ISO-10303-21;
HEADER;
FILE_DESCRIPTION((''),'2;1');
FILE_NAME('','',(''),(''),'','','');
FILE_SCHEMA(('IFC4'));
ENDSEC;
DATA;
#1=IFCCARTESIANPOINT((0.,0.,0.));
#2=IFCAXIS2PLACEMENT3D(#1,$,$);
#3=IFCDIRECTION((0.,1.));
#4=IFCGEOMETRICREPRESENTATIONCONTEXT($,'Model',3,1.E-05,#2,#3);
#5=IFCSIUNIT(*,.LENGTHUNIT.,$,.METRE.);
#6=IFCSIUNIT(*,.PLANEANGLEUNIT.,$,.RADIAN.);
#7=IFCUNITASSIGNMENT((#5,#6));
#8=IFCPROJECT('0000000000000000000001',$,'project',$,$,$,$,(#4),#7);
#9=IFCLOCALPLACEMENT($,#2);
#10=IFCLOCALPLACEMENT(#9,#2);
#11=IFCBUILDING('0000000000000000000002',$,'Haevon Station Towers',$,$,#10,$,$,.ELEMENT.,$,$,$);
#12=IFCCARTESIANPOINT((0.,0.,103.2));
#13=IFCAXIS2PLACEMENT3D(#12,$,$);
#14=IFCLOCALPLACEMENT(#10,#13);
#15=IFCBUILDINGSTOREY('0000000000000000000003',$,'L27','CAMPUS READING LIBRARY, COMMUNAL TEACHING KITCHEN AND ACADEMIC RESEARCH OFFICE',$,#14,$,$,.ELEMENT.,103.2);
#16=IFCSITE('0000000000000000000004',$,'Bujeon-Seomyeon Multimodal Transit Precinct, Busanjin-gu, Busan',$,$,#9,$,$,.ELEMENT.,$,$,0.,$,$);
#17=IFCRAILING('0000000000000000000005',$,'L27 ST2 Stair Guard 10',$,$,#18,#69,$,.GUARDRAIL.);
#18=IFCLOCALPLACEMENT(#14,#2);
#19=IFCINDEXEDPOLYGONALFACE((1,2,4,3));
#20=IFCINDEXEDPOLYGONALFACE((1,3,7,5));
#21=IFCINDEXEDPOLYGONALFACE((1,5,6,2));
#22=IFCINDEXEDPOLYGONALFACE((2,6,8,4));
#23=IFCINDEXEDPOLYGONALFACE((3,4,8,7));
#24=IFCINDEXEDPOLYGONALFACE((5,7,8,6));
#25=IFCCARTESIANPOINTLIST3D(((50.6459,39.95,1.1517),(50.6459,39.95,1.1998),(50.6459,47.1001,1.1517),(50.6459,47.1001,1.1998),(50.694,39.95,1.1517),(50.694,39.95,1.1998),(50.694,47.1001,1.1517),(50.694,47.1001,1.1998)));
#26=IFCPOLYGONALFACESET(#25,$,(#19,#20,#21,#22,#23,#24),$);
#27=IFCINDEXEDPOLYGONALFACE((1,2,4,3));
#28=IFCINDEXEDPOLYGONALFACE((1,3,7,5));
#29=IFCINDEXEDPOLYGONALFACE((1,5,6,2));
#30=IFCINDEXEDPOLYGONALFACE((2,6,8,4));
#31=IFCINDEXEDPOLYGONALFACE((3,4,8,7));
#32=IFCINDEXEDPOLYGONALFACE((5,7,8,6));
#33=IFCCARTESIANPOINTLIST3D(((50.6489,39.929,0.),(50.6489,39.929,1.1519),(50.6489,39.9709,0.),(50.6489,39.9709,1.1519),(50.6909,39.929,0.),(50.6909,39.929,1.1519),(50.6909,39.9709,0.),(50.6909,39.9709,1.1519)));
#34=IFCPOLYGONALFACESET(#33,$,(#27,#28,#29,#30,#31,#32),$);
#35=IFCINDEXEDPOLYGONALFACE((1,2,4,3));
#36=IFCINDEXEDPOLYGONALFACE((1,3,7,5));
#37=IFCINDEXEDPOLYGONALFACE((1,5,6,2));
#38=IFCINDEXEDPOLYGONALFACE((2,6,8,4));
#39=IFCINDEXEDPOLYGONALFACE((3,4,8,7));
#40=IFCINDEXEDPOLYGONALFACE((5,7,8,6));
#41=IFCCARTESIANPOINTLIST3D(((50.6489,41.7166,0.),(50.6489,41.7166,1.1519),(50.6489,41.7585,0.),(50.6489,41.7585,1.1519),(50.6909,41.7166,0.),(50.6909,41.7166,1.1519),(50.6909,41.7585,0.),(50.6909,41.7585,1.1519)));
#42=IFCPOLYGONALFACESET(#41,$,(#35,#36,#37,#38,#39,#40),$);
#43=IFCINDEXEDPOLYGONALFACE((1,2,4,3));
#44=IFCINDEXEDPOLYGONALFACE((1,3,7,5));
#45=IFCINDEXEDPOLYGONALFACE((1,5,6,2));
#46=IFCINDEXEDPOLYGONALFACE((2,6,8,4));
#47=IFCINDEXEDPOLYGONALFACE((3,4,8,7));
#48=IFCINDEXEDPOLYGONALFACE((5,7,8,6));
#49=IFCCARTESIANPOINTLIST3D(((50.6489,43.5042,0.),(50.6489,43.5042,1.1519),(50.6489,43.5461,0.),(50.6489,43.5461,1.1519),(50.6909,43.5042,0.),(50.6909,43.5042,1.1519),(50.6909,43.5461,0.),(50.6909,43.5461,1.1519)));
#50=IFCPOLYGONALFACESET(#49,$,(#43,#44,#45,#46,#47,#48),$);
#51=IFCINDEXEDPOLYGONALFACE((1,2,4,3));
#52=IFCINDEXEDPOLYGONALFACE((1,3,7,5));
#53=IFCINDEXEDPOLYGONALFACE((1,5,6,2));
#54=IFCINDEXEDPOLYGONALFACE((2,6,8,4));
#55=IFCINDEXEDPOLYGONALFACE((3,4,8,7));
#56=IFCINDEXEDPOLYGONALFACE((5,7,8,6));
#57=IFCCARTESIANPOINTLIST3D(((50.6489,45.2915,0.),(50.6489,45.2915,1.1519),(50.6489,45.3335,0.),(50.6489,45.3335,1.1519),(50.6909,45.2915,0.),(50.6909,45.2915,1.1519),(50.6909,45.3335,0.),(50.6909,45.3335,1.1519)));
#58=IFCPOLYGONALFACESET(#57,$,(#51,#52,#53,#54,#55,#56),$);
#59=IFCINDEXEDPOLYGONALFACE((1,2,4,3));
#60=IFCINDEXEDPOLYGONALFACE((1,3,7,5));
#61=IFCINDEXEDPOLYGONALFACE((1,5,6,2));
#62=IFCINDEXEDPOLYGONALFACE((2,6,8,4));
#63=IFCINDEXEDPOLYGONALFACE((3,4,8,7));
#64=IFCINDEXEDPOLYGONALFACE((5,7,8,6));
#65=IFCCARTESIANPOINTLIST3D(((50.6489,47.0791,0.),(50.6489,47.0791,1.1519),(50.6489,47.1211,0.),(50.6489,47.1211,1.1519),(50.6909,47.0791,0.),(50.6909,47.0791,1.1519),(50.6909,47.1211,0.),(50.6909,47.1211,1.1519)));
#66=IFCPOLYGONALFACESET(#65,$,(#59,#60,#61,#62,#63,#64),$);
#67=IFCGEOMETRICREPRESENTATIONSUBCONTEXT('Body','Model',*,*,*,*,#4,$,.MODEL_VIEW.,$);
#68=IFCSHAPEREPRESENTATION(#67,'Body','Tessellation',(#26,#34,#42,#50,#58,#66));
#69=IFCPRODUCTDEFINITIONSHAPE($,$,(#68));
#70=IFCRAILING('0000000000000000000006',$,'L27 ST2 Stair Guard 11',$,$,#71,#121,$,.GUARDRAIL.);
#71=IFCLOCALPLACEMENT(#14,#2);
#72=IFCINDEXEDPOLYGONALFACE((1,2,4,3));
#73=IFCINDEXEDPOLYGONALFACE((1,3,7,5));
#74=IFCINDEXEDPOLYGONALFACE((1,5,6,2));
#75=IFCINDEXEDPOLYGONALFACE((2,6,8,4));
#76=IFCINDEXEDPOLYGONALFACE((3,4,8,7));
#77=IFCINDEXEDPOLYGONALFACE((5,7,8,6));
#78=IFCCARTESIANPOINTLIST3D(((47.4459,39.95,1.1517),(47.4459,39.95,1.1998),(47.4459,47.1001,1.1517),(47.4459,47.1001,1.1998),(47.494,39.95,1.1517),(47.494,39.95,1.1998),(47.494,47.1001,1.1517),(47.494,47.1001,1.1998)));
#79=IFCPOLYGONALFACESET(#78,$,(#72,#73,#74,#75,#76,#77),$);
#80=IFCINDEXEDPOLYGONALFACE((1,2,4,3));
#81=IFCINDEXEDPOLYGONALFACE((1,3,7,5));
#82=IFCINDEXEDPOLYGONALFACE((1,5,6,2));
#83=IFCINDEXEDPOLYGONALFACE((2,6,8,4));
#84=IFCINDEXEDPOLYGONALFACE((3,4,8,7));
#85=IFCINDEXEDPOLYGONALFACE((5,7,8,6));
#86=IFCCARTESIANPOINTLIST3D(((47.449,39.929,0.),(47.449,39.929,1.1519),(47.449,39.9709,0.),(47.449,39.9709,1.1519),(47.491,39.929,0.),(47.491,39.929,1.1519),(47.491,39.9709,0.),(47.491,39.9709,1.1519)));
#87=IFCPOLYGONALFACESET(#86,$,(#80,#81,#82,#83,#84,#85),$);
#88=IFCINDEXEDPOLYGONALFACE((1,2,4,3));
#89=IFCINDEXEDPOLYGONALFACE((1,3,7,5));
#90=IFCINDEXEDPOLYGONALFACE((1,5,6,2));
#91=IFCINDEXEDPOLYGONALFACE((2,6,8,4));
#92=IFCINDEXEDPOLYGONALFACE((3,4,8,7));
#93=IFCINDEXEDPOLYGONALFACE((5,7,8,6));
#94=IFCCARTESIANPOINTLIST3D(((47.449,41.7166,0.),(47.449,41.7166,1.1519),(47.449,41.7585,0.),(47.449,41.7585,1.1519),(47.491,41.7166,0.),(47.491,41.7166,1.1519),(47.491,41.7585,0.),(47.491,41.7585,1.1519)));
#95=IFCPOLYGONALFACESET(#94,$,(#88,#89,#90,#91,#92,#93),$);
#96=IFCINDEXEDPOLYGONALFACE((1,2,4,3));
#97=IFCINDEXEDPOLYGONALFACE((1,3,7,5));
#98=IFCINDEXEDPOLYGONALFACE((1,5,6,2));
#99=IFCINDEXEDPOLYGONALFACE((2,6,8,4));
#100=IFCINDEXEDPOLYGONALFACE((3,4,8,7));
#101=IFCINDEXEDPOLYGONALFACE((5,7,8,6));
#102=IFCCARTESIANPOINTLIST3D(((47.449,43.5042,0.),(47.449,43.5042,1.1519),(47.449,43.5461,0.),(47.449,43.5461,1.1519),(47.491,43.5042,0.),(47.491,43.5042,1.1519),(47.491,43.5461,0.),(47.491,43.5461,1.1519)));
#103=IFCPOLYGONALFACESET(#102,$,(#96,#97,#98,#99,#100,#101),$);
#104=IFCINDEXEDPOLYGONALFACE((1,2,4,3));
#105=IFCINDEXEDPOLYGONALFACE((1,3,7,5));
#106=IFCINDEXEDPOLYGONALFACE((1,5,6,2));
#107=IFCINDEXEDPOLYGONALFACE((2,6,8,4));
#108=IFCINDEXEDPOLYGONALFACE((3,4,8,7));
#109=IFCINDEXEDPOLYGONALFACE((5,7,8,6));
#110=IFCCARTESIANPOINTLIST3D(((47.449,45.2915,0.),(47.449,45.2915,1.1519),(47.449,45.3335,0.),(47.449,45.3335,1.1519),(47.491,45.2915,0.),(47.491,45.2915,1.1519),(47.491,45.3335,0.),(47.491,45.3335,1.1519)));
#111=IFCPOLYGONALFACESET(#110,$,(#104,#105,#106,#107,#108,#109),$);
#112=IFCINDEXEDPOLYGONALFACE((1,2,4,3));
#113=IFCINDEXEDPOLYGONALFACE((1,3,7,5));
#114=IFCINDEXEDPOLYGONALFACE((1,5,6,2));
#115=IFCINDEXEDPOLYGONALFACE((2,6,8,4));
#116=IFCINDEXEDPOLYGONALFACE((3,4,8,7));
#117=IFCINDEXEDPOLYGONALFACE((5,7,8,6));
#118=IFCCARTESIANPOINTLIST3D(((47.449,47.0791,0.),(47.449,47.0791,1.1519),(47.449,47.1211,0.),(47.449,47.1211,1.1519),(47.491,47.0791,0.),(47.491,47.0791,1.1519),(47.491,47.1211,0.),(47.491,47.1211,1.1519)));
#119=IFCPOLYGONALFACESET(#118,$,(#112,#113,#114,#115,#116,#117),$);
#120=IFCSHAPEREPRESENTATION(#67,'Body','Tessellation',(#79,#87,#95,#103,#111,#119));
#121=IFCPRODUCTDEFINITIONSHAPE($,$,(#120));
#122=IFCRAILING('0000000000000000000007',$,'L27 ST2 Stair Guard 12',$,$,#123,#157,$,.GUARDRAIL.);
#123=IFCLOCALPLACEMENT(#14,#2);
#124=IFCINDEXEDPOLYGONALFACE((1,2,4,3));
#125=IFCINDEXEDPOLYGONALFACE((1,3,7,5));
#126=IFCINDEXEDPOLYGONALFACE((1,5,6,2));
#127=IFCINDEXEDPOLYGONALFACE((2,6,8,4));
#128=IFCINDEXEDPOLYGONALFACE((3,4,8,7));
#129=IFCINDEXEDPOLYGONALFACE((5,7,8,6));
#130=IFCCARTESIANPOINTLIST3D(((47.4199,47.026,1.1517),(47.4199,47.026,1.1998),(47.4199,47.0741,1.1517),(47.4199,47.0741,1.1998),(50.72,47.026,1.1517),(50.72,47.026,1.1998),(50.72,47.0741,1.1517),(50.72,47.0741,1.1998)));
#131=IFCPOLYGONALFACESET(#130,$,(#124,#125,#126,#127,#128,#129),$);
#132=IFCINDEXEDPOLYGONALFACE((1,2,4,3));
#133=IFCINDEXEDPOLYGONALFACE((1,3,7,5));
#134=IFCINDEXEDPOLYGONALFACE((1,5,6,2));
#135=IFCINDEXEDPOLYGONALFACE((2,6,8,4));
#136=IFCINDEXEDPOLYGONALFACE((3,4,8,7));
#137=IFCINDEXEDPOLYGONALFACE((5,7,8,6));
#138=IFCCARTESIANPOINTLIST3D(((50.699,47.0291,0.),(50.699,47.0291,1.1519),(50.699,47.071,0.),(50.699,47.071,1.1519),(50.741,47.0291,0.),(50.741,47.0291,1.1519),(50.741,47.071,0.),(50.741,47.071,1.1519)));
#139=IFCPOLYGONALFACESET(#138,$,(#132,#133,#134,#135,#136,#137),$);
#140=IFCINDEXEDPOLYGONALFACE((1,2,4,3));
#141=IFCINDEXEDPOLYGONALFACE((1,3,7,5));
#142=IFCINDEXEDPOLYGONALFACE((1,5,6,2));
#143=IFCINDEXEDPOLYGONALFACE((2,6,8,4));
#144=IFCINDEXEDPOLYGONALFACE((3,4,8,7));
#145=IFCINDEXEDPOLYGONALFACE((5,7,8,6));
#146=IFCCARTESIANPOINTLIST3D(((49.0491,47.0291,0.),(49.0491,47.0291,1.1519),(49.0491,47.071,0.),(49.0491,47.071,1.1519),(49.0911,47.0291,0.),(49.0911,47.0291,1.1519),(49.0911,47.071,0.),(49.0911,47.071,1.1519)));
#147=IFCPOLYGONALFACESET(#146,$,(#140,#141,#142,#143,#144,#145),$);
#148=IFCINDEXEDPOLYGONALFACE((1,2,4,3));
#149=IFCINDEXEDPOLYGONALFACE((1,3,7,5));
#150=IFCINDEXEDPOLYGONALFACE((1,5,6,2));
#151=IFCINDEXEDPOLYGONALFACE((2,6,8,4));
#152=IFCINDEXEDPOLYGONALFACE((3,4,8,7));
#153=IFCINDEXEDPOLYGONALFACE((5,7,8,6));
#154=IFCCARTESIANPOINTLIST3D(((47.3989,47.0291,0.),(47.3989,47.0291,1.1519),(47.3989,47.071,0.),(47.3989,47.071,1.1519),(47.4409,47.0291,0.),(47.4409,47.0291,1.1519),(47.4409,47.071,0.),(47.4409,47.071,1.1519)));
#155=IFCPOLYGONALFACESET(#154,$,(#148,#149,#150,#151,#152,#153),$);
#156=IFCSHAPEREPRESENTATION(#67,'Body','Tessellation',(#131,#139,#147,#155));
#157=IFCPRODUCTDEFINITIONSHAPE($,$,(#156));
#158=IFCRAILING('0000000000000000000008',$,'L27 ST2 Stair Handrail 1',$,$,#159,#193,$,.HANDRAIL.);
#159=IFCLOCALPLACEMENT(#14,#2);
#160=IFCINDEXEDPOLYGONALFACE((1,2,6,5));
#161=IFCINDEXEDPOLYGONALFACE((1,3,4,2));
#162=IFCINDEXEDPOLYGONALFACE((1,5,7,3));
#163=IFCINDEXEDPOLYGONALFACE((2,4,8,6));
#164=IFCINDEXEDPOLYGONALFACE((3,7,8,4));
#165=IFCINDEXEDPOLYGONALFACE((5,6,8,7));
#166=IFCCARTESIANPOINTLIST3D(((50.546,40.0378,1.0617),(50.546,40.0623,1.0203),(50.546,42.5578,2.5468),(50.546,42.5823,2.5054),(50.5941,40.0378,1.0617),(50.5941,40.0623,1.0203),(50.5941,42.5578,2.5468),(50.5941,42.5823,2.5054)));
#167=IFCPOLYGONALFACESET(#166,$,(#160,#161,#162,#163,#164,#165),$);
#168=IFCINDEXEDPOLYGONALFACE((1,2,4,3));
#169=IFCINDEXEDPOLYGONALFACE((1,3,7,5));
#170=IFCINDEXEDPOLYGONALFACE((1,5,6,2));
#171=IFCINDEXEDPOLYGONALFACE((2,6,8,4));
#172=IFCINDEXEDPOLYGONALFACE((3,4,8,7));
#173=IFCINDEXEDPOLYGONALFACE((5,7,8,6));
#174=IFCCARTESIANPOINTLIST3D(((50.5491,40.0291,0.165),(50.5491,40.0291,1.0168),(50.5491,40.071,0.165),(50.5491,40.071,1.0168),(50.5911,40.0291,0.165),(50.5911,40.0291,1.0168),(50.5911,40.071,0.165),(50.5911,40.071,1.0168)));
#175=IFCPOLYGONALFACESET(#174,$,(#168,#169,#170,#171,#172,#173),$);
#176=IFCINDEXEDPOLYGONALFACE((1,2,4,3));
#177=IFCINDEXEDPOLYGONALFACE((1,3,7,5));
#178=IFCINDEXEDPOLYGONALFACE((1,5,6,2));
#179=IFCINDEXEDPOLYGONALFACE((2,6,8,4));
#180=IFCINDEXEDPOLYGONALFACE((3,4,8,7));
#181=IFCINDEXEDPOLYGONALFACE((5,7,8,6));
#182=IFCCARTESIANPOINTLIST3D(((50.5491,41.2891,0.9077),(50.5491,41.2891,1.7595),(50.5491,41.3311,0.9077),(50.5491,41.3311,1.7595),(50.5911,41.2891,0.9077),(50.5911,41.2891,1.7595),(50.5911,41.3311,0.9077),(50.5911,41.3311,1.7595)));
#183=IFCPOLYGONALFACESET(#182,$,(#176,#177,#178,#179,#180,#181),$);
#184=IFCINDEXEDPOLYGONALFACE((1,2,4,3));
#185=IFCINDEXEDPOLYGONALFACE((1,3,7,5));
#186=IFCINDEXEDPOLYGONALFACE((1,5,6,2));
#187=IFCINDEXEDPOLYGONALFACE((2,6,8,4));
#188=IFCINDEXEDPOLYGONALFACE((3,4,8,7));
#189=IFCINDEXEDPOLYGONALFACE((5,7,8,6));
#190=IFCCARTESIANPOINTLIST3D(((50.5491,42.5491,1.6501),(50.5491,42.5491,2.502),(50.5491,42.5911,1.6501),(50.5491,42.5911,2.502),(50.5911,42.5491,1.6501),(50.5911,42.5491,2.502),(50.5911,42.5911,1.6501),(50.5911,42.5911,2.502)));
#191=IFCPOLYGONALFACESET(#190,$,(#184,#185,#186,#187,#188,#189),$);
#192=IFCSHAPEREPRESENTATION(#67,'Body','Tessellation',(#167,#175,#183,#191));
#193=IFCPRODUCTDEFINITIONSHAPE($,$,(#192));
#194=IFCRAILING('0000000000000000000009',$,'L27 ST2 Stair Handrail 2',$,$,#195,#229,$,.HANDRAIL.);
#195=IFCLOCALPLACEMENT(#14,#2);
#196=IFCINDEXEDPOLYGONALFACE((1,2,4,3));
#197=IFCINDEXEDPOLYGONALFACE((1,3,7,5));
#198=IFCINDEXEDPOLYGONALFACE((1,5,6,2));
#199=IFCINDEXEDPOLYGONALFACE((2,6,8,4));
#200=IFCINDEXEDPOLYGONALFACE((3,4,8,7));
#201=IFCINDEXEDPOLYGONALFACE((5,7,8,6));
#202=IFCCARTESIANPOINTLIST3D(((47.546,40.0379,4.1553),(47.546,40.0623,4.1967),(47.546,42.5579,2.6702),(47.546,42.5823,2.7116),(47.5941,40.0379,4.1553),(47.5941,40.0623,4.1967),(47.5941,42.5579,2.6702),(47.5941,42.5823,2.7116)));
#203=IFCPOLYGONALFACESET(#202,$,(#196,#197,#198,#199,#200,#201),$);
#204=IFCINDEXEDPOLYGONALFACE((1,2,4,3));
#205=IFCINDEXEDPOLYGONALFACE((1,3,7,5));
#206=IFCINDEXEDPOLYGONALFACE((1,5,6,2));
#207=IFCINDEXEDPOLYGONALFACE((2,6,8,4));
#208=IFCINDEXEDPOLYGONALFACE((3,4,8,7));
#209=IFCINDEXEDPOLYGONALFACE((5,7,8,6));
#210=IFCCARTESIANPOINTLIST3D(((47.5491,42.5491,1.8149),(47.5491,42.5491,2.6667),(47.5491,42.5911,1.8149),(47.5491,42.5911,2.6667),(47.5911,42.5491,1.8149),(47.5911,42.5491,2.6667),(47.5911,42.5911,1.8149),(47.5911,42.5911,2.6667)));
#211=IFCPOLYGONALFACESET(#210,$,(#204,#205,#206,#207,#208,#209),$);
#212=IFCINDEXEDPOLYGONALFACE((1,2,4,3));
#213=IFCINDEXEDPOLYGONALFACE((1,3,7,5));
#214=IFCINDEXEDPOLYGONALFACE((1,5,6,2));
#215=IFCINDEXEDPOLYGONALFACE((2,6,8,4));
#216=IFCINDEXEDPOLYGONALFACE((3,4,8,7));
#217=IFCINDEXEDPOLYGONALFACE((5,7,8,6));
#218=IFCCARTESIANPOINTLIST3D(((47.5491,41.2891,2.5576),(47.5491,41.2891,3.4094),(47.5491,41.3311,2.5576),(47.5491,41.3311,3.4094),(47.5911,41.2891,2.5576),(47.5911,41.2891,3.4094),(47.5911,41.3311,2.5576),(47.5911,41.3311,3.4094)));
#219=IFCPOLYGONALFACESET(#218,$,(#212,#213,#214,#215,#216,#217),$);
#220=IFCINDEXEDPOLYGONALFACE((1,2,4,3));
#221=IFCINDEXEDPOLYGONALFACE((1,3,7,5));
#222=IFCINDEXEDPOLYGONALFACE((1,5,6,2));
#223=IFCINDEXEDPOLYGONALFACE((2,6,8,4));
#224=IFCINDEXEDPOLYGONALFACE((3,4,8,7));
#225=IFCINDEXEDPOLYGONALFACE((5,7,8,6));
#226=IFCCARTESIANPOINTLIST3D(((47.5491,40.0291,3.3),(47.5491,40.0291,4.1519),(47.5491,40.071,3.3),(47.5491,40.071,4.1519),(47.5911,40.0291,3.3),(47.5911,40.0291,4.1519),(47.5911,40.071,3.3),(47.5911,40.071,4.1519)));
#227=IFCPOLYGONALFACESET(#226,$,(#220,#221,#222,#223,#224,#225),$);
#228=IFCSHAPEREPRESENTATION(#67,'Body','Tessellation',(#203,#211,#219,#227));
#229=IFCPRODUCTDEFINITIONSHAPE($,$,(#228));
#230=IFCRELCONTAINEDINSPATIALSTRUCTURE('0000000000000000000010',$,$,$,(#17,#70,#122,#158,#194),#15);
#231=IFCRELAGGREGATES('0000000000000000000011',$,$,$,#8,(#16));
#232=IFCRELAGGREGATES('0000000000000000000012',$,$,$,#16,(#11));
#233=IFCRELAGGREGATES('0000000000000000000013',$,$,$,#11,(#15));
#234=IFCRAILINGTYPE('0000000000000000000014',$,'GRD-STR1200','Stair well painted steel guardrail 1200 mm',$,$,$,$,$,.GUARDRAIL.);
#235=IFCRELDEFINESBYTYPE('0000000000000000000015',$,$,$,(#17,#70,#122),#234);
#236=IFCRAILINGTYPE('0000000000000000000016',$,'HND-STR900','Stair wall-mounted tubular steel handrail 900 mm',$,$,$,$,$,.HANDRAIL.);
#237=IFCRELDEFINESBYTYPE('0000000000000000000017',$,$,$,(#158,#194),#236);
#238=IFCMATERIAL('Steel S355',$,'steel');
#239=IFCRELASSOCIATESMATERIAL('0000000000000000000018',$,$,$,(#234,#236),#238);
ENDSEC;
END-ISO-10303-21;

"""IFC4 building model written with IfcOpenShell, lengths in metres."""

from ifc_helpers import new_model, si_unit, direction, frame, origin, origin_2d, place, context, subcontext, project, spatial, rectangle, extrude, material, type_object, element, save


model = new_model("IFC4")

# Units and contexts
model_context = context("Model", 3, precision=1e-05, world=origin(), true_north=direction((0.0, 1.0)))
body_context = subcontext(model_context, "Body", "Model", "MODEL_VIEW")
ifc_project = project(units=[si_unit("LENGTHUNIT", "METRE"), si_unit("PLANEANGLEUNIT", "RADIAN")], contexts=[model_context])

# Site, building, storey
site_placement = place(None, origin())
site = spatial("IfcSite", under=ifc_project, at=site_placement, Name="Bujeon-Seomyeon Multimodal Transit Precinct, Busanjin-gu, Busan", CompositionType="ELEMENT", RefElevation=0.0)
building_placement = place(site_placement, origin())
building = spatial("IfcBuilding", under=site, at=building_placement, Name="Haevon Station Towers", CompositionType="ELEMENT")
storey_placement = place(building_placement, frame((0.0, 0.0, 103.2)))
storey = spatial("IfcBuildingStorey", under=building, at=storey_placement, Name="L27", Description="CAMPUS READING LIBRARY, COMMUNAL TEACHING KITCHEN AND ACADEMIC RESEARCH OFFICE", CompositionType="ELEMENT", Elevation=103.2)

# Shared definitions
ifc_material_1 = material(Name="Steel S355", Category="steel")

# Railings
railing_type_1 = type_object("IfcRailingType", Name="GRD-STR1200", Description="Stair well painted steel guardrail 1200 mm", PredefinedType="GUARDRAIL", material=ifc_material_1)
for number, where, name in (
    (1, (50.6699, 39.95, 0.0), "L27 ST2 Stair Guard 10"),
    (2, (47.47, 39.95, 0.0), "L27 ST2 Stair Guard 11"),
):
    element("IfcRailing", number, at=place(storey_placement, frame(where)), inside=storey, type_object=railing_type_1, Name=name, PredefinedType="GUARDRAIL", context=body_context, shape_type="SweptSolid", body=[
        extrude(rectangle(XDim=0.0481, YDim=0.0481, at=origin_2d()), frame((0.0, 0.0, 1.1758), z_axis=(0.0, 1.0, 0.0), x_axis=(-1.0, 0.0, 0.0)), (0.0, 0.0, 1.0), 7.1501),
        extrude(rectangle(XDim=0.042, YDim=0.042, at=origin_2d()), origin(), (0.0, 0.0, 1.0), 1.1519),
        extrude(rectangle(XDim=0.042, YDim=0.042, at=origin_2d()), frame((0.0, 1.7876, 0.0)), (0.0, 0.0, 1.0), 1.1519),
        extrude(rectangle(XDim=0.042, YDim=0.042, at=origin_2d()), frame((0.0, 3.5752, 0.0)), (0.0, 0.0, 1.0), 1.1519),
        extrude(rectangle(XDim=0.042, YDim=0.042, at=origin_2d()), frame((0.0, 5.3625, 0.0)), (0.0, 0.0, 1.0), 1.1519),
        extrude(rectangle(XDim=0.042, YDim=0.042, at=origin_2d()), frame((0.0, 7.1501, 0.0)), (0.0, 0.0, 1.0), 1.1519),
    ])
railing_1_placement = place(storey_placement, frame((50.72, 47.05, 0.0)))
element("IfcRailing", 3, at=railing_1_placement, inside=storey, type_object=railing_type_1, Name="L27 ST2 Stair Guard 12", PredefinedType="GUARDRAIL", context=body_context, shape_type="SweptSolid", body=[
    extrude(rectangle(XDim=0.0481, YDim=0.0481, at=origin_2d()), frame((0.0, 0.0, 1.1758), z_axis=(-1.0, 0.0, 0.0), x_axis=(0.0, -1.0, 0.0)), (0.0, 0.0, 1.0), 3.3),
    extrude(rectangle(XDim=0.042, YDim=0.042, at=origin_2d()), origin(), (0.0, 0.0, 1.0), 1.1519),
    extrude(rectangle(XDim=0.042, YDim=0.042, at=origin_2d()), frame((-1.6499, 0.0, 0.0)), (0.0, 0.0, 1.0), 1.1519),
    extrude(rectangle(XDim=0.042, YDim=0.042, at=origin_2d()), frame((-3.3, 0.0, 0.0)), (0.0, 0.0, 1.0), 1.1519),
])
railing_type_2 = type_object("IfcRailingType", Name="HND-STR900", Description="Stair wall-mounted tubular steel handrail 900 mm", PredefinedType="HANDRAIL", material=ifc_material_1)
railing_2_placement = place(storey_placement, frame((50.5701, 40.05, 0.165)))
element("IfcRailing", 4, at=railing_2_placement, inside=storey, type_object=railing_type_2, Name="L27 ST2 Stair Handrail 1", PredefinedType="HANDRAIL", context=body_context, shape_type="SweptSolid", body=[
    extrude(rectangle(XDim=0.0481, YDim=0.0481, at=origin_2d()), frame((0.0, 0.0, 0.876), z_axis=(0.0, 0.861524, 0.507717), x_axis=(-1.0, 0.0, 0.0)), (0.0, 0.0, 1.0), 2.925),
    extrude(rectangle(XDim=0.042, YDim=0.042, at=origin_2d()), origin(), (0.0, 0.0, 1.0), 0.8518),
    extrude(rectangle(XDim=0.042, YDim=0.042, at=origin_2d()), frame((0.0, 1.26, 0.7427)), (0.0, 0.0, 1.0), 0.8518),
    extrude(rectangle(XDim=0.042, YDim=0.042, at=origin_2d()), frame((0.0, 2.52, 1.4851)), (0.0, 0.0, 1.0), 0.8518),
])
railing_3_placement = place(storey_placement, frame((47.5701, 42.5701, 1.8149)))
element("IfcRailing", 5, at=railing_3_placement, inside=storey, type_object=railing_type_2, Name="L27 ST2 Stair Handrail 2", PredefinedType="HANDRAIL", context=body_context, shape_type="SweptSolid", body=[
    extrude(rectangle(XDim=0.0481, YDim=0.0481, at=origin_2d()), frame((0.0, 0.0, 0.876), z_axis=(0.0, -0.861524, 0.507717), x_axis=(1.0, 0.0, 0.0)), (0.0, 0.0, 1.0), 2.925),
    extrude(rectangle(XDim=0.042, YDim=0.042, at=origin_2d()), origin(), (0.0, 0.0, 1.0), 0.8518),
    extrude(rectangle(XDim=0.042, YDim=0.042, at=origin_2d()), frame((0.0, -1.26, 0.7427)), (0.0, 0.0, 1.0), 0.8518),
    extrude(rectangle(XDim=0.042, YDim=0.042, at=origin_2d()), frame((0.0, -2.52, 1.4851)), (0.0, 0.0, 1.0), 0.8518),
])

save(model, "model.ifc")
